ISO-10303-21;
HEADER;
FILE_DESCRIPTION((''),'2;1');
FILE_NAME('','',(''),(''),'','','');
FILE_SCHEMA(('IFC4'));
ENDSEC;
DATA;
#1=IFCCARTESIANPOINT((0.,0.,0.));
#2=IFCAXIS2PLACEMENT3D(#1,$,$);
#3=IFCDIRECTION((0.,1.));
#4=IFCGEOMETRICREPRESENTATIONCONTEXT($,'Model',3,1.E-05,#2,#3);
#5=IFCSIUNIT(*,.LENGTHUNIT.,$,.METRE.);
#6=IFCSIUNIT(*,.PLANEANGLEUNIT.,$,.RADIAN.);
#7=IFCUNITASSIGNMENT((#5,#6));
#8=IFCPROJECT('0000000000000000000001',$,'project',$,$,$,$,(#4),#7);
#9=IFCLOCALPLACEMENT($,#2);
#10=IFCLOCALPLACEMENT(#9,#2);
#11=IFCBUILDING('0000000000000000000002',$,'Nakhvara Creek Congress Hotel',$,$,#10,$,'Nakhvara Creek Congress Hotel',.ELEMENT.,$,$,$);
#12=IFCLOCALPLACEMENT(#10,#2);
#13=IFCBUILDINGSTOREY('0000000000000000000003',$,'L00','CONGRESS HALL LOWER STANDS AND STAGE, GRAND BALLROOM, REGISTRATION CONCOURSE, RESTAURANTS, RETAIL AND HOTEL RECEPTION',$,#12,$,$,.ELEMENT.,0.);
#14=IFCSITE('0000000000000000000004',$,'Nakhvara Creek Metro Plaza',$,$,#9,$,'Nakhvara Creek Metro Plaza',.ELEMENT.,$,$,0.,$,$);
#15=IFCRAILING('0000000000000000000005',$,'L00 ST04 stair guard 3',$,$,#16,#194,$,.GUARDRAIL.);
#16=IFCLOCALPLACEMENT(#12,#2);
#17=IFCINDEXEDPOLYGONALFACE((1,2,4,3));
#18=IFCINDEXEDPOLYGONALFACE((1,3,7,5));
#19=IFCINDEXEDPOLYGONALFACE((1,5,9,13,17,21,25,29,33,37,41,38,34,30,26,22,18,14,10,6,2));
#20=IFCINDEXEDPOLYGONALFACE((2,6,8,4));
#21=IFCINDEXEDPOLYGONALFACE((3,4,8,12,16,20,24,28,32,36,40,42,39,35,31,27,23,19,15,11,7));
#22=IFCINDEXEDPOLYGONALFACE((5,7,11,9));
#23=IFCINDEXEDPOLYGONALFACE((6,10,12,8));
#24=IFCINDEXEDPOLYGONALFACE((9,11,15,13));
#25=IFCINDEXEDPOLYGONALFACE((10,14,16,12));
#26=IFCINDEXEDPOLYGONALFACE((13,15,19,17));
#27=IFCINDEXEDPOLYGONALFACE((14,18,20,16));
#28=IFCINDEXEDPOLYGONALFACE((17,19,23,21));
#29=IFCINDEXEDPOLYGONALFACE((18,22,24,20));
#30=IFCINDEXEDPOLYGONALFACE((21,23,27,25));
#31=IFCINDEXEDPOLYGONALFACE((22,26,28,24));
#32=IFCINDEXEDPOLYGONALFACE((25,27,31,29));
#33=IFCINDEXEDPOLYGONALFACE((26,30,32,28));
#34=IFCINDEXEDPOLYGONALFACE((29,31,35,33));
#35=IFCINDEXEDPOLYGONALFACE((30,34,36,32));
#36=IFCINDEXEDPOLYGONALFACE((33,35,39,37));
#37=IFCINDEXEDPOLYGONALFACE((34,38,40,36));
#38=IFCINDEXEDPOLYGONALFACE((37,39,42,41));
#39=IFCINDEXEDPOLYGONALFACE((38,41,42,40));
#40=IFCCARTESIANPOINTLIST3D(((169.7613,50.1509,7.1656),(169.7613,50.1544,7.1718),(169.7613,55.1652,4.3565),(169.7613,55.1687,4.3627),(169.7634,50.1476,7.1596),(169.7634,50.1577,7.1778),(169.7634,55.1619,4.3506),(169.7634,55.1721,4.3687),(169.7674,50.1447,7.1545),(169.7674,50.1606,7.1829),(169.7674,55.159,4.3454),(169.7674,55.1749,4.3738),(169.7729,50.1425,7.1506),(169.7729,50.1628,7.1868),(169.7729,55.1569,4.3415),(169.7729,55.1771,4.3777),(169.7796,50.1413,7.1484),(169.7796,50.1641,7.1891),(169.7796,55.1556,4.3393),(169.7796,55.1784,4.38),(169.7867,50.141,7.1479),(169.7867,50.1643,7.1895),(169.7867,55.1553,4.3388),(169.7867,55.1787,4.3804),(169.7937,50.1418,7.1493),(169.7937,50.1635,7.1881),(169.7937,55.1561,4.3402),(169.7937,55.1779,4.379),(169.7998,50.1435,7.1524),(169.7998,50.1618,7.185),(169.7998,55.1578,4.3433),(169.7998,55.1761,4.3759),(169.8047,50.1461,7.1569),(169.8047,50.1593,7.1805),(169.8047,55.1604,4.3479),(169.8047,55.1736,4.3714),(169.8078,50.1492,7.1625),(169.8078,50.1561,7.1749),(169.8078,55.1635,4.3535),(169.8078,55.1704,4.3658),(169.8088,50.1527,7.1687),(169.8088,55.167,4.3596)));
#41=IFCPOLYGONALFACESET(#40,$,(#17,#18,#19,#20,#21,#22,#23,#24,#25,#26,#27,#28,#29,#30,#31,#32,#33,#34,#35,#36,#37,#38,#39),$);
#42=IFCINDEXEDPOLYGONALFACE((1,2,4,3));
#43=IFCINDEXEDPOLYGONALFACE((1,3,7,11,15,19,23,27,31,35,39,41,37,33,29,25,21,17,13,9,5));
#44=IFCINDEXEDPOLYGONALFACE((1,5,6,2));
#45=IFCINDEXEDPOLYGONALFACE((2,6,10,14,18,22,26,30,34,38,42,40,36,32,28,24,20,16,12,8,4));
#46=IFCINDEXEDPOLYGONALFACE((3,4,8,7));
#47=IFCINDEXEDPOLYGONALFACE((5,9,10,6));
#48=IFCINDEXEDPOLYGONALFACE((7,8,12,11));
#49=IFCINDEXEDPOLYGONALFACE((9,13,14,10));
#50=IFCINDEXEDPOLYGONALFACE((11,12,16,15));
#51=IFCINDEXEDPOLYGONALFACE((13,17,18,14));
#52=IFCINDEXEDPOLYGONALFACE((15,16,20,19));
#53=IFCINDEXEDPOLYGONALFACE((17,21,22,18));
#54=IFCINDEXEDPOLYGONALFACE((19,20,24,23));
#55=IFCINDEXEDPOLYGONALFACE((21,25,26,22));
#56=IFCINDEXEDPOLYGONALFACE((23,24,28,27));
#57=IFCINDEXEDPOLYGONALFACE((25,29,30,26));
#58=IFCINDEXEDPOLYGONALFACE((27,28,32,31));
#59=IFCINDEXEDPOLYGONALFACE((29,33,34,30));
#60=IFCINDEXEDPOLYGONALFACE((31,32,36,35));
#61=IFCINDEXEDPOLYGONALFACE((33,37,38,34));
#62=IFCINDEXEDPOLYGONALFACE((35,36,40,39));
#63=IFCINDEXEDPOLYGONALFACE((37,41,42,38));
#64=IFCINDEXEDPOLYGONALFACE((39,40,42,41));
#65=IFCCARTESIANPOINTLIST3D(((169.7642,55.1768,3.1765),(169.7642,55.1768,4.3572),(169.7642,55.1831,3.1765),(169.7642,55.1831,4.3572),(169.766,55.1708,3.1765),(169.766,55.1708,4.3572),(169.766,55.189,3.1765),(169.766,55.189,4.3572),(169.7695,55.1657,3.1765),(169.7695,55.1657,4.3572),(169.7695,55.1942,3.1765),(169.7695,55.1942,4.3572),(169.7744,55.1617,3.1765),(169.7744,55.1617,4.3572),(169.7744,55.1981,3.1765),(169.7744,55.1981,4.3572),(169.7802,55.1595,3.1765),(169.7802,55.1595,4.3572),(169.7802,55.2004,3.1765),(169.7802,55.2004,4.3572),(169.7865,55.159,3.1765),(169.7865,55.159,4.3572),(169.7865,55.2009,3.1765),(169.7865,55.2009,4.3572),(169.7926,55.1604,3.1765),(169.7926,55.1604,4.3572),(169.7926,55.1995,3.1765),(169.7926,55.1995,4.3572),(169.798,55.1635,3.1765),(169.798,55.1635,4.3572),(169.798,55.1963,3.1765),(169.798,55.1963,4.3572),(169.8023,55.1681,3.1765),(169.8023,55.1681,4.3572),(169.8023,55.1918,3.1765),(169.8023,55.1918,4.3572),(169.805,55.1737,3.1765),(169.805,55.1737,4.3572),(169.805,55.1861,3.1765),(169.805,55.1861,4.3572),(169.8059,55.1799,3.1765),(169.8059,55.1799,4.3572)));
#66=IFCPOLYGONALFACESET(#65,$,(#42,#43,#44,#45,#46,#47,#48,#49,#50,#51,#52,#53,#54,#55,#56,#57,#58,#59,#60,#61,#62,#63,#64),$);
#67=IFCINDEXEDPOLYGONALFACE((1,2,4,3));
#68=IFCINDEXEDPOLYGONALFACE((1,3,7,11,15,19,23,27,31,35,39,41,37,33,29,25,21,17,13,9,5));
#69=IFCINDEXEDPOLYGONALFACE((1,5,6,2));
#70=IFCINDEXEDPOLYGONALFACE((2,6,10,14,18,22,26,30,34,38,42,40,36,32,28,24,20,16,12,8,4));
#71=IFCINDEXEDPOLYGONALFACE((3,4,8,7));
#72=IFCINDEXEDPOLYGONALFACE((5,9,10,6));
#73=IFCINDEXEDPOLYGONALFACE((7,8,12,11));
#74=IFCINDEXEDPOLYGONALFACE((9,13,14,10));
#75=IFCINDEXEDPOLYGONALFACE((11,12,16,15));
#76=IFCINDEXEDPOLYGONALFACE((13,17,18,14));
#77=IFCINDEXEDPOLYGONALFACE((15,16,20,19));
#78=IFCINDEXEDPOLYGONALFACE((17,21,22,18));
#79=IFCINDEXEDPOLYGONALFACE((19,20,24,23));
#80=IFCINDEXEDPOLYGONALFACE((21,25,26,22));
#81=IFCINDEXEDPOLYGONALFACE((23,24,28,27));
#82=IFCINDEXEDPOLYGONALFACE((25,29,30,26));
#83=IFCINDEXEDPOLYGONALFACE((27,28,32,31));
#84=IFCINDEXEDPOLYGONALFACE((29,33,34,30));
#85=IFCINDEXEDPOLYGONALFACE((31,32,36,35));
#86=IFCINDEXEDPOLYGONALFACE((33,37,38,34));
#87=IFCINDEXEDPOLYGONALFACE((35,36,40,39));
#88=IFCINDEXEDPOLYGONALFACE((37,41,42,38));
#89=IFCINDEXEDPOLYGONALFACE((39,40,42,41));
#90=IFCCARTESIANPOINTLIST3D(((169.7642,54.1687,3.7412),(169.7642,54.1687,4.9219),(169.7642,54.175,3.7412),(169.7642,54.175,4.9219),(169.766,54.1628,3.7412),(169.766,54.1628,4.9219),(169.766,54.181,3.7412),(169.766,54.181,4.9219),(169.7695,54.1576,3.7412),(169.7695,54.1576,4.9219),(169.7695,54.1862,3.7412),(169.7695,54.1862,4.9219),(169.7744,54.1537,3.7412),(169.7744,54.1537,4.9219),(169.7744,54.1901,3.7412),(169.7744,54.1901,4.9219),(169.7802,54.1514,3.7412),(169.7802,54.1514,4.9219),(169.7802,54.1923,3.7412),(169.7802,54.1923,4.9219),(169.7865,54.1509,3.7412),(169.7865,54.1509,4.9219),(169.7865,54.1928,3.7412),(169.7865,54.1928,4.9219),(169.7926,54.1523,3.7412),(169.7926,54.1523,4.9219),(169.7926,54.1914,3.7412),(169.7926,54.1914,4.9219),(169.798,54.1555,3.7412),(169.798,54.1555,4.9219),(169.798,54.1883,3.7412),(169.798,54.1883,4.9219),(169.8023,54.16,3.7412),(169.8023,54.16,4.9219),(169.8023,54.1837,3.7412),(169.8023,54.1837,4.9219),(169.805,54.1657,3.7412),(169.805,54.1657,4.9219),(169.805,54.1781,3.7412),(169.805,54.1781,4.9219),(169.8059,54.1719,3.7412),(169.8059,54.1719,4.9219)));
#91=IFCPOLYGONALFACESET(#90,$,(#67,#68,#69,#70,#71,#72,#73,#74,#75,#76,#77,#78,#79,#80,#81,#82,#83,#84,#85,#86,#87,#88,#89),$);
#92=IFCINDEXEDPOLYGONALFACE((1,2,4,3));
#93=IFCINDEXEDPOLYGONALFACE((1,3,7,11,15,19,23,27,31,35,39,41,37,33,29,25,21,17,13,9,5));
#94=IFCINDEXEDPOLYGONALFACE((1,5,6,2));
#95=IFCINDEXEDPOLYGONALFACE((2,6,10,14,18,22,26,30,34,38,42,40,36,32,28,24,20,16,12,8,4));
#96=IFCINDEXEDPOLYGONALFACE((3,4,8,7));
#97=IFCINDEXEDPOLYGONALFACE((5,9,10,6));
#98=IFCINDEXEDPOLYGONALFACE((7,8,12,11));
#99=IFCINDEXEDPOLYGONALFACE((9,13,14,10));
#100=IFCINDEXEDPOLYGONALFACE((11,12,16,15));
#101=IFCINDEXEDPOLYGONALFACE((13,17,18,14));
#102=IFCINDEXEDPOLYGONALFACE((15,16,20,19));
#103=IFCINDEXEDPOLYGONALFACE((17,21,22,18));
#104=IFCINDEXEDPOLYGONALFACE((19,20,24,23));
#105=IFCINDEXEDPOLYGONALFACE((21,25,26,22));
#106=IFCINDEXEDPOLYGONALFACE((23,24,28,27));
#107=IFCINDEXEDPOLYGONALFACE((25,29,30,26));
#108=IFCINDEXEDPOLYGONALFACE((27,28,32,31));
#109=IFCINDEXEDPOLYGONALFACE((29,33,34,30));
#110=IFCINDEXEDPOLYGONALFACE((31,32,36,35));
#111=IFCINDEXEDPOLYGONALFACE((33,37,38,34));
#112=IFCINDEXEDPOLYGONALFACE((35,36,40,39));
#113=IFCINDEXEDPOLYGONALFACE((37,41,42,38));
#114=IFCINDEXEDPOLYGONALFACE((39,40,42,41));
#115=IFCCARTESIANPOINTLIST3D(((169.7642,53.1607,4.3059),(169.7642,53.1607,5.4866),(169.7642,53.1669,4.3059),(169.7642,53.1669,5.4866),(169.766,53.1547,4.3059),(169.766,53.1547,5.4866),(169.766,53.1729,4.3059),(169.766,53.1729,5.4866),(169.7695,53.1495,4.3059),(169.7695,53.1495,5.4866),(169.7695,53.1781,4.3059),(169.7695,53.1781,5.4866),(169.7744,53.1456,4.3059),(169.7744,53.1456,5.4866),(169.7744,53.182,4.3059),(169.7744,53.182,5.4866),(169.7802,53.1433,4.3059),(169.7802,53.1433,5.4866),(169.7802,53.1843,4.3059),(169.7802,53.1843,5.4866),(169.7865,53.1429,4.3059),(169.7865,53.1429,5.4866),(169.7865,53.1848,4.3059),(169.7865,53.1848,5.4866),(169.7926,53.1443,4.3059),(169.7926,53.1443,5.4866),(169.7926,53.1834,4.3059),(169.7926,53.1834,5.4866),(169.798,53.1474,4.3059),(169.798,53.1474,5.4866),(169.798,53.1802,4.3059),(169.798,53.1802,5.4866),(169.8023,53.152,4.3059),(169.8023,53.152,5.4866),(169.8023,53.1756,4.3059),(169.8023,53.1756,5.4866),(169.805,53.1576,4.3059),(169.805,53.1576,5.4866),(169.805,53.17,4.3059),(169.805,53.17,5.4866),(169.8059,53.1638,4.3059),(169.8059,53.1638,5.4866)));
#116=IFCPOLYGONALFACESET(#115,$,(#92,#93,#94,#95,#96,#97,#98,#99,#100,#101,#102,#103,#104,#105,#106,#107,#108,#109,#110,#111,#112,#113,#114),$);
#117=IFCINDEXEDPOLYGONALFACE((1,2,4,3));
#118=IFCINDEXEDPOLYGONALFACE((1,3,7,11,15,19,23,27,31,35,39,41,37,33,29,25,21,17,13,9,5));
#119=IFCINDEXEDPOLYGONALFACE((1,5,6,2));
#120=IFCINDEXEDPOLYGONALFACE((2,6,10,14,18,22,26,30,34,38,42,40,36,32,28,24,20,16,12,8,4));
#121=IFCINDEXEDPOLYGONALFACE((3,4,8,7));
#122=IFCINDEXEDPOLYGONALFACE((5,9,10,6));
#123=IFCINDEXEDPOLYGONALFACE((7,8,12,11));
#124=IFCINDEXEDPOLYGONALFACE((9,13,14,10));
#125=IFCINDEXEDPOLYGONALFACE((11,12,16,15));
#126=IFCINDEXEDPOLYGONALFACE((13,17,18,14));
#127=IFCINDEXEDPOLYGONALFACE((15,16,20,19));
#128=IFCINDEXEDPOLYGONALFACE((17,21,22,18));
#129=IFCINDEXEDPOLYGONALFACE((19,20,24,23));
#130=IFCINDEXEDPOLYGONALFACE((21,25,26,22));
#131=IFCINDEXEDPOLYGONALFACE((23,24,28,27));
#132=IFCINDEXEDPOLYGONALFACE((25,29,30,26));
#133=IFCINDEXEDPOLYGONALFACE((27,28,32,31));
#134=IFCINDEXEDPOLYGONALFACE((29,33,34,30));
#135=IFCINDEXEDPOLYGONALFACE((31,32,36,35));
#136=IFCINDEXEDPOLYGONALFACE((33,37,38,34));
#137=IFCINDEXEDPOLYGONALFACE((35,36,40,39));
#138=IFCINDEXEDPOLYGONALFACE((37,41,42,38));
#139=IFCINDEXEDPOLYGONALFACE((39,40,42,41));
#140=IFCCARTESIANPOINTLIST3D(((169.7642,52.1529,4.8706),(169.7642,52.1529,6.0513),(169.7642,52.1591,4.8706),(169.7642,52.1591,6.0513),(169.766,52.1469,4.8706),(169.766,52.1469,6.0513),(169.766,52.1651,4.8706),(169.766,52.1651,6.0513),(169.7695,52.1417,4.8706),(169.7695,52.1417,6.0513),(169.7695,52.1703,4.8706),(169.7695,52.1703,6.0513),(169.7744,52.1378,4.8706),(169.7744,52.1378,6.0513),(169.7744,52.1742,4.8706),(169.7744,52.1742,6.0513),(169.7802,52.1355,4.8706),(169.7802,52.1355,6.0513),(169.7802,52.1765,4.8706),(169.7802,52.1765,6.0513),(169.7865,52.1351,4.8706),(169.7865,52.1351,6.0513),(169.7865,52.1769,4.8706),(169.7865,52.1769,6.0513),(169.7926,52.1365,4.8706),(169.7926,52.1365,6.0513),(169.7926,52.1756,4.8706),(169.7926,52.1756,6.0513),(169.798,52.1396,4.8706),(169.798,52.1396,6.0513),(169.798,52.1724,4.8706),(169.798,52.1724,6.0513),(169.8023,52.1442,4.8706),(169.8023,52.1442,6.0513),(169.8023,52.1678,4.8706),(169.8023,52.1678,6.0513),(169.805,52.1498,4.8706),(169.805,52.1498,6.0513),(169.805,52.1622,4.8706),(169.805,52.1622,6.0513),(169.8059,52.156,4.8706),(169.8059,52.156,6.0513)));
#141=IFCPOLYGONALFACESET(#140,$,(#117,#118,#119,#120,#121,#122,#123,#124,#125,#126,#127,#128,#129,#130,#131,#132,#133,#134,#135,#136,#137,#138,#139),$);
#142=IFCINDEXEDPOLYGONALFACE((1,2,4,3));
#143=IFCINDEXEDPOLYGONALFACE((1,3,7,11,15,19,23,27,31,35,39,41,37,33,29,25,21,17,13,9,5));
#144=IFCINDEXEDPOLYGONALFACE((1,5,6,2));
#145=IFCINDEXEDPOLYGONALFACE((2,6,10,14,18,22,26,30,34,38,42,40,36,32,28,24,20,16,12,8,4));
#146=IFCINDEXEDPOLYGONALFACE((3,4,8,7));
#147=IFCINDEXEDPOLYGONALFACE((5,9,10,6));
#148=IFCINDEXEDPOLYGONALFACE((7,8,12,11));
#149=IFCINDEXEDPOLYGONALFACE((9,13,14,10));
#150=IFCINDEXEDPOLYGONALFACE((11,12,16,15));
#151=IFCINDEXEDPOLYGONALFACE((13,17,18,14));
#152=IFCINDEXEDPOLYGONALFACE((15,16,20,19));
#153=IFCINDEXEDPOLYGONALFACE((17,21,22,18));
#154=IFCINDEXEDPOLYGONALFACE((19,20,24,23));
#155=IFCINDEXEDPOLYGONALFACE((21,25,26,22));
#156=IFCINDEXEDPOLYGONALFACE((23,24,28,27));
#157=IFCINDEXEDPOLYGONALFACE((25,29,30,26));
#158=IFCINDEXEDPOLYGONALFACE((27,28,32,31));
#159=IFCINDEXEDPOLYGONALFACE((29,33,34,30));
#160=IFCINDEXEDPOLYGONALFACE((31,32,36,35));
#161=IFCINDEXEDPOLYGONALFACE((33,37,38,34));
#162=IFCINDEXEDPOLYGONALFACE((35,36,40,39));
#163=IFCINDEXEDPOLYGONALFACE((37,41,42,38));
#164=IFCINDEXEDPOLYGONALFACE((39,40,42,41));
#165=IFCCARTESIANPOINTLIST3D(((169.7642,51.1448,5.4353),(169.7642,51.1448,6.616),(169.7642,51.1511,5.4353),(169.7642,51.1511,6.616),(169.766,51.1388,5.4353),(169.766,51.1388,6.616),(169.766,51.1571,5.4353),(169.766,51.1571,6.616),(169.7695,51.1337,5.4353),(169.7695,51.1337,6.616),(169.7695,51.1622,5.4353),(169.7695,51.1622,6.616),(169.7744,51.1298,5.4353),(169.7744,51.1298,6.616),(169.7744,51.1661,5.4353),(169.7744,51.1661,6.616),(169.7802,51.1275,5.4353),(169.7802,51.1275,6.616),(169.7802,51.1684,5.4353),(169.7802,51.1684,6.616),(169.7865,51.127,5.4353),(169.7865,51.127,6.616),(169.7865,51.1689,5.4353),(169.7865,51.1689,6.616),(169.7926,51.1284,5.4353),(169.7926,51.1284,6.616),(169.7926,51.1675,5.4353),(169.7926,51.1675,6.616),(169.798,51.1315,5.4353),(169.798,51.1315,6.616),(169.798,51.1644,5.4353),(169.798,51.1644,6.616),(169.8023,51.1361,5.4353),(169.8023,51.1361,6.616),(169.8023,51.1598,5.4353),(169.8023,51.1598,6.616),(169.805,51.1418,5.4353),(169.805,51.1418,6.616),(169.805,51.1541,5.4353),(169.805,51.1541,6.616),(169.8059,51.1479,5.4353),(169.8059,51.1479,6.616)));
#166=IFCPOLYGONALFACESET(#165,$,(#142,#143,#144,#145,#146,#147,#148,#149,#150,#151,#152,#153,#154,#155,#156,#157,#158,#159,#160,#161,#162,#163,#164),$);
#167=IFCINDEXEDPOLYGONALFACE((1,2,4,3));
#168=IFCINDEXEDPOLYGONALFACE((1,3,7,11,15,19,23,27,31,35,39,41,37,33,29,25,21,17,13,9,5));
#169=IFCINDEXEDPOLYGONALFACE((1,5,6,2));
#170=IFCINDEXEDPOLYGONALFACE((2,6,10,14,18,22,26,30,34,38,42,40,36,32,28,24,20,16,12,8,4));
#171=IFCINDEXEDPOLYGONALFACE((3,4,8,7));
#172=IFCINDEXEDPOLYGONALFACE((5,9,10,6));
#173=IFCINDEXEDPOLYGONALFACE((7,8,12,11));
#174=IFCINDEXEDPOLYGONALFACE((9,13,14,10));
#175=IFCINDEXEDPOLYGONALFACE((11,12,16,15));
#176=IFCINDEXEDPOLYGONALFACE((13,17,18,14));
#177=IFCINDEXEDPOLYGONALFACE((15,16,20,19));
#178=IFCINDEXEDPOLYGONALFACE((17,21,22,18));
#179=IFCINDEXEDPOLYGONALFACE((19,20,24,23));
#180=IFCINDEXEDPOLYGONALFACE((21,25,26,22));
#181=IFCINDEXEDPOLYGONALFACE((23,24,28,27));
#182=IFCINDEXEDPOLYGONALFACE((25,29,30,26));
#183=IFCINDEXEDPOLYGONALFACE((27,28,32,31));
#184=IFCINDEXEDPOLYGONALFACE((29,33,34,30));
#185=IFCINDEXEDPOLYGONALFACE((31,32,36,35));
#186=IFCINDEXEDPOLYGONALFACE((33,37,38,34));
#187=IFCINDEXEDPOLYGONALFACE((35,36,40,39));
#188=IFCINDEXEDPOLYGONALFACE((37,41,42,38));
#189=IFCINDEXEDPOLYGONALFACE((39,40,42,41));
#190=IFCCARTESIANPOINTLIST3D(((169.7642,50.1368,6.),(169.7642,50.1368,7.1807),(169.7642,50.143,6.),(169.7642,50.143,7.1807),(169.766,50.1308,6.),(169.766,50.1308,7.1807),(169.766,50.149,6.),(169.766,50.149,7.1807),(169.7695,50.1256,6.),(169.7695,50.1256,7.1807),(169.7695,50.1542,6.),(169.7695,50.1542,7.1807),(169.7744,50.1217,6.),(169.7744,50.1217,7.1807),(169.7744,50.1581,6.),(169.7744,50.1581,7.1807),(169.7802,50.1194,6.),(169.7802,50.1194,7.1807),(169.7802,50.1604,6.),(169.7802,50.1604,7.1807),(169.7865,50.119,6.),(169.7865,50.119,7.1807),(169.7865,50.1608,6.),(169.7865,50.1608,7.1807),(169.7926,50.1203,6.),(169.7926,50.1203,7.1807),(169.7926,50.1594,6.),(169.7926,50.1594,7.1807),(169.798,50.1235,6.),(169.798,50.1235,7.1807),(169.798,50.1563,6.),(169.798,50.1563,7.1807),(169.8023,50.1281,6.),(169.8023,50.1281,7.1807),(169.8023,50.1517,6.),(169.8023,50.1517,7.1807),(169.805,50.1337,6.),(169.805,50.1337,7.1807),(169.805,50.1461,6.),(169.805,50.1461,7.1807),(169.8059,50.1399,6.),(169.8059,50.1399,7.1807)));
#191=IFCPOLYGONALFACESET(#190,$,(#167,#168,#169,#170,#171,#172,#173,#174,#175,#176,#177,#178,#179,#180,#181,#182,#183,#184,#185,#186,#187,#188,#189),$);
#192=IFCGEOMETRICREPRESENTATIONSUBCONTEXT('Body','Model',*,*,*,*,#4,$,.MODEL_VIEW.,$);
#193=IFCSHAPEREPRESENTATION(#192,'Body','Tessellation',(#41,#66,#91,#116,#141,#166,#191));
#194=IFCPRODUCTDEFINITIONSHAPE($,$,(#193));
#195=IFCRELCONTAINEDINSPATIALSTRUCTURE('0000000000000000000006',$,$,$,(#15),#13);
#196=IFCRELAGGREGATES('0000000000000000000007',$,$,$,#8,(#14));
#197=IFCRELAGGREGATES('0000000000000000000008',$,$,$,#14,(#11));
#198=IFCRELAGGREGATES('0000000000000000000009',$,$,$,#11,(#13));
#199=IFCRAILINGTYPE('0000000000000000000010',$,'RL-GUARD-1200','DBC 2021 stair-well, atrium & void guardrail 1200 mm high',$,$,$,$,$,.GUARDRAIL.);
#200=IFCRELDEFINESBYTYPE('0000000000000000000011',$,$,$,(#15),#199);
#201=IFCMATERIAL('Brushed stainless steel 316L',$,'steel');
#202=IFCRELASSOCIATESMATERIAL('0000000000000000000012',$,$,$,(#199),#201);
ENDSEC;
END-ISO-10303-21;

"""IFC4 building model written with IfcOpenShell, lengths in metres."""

from ifc_helpers import new_model, si_unit, direction, frame, origin, origin_2d, place, context, subcontext, project, spatial, circle, extrude, material, type_object, element, save


model = new_model("IFC4")

# Units and contexts
model_context = context("Model", 3, precision=1e-05, world=origin(), true_north=direction((0.0, 1.0)))
body_context = subcontext(model_context, "Body", "Model", "MODEL_VIEW")
ifc_project = project(units=[si_unit("LENGTHUNIT", "METRE"), si_unit("PLANEANGLEUNIT", "RADIAN")], contexts=[model_context])

# Site, building, storey
site_placement = place(None, origin())
site = spatial("IfcSite", under=ifc_project, at=site_placement, Name="Nakhvara Creek Metro Plaza", LongName="Nakhvara Creek Metro Plaza", CompositionType="ELEMENT", RefElevation=0.0)
building_placement = place(site_placement, origin())
building = spatial("IfcBuilding", under=site, at=building_placement, Name="Nakhvara Creek Congress Hotel", LongName="Nakhvara Creek Congress Hotel", CompositionType="ELEMENT")
storey_placement = place(building_placement, origin())
storey = spatial("IfcBuildingStorey", under=building, at=storey_placement, Name="L00", Description="CONGRESS HALL LOWER STANDS AND STAGE, GRAND BALLROOM, REGISTRATION CONCOURSE, RESTAURANTS, RETAIL AND HOTEL RECEPTION", CompositionType="ELEMENT", Elevation=0.0)

# Railing
ifc_material_1 = material(Name="Brushed stainless steel 316L", Category="steel")
railing_type_1 = type_object("IfcRailingType", Name="RL-GUARD-1200", Description="DBC 2021 stair-well, atrium & void guardrail 1200 mm high", PredefinedType="GUARDRAIL", material=ifc_material_1)
railing_1_placement = place(storey_placement, frame((169.7849, 55.1799, 3.1765)))
element("IfcRailing", 1, at=railing_1_placement, inside=storey, type_object=railing_type_1, Name="L00 ST04 stair guard 3", PredefinedType="GUARDRAIL", context=body_context, shape_type="SweptSolid", body=[
    extrude(circle(Radius=0.0239, at=origin_2d()), frame((0.0, -0.0129, 1.1831), z_axis=(0.0, -0.872427, 0.488744), x_axis=(1.0, 0.0, 0.0)), (0.0, 0.0, 1.0), 5.7476),
    extrude(circle(Radius=0.021, at=origin_2d()), origin(), (0.0, 0.0, 1.0), 1.1807),
    extrude(circle(Radius=0.021, at=origin_2d()), frame((0.0, -1.0081, 0.5647)), (0.0, 0.0, 1.0), 1.1807),
    extrude(circle(Radius=0.021, at=origin_2d()), frame((0.0, -2.0161, 1.1294)), (0.0, 0.0, 1.0), 1.1807),
    extrude(circle(Radius=0.021, at=origin_2d()), frame((0.0, -3.0239, 1.6941)), (0.0, 0.0, 1.0), 1.1807),
    extrude(circle(Radius=0.021, at=origin_2d()), frame((0.0, -4.032, 2.2588)), (0.0, 0.0, 1.0), 1.1807),
    extrude(circle(Radius=0.021, at=origin_2d()), frame((0.0, -5.04, 2.8235)), (0.0, 0.0, 1.0), 1.1807),
])

save(model, "model.ifc")
